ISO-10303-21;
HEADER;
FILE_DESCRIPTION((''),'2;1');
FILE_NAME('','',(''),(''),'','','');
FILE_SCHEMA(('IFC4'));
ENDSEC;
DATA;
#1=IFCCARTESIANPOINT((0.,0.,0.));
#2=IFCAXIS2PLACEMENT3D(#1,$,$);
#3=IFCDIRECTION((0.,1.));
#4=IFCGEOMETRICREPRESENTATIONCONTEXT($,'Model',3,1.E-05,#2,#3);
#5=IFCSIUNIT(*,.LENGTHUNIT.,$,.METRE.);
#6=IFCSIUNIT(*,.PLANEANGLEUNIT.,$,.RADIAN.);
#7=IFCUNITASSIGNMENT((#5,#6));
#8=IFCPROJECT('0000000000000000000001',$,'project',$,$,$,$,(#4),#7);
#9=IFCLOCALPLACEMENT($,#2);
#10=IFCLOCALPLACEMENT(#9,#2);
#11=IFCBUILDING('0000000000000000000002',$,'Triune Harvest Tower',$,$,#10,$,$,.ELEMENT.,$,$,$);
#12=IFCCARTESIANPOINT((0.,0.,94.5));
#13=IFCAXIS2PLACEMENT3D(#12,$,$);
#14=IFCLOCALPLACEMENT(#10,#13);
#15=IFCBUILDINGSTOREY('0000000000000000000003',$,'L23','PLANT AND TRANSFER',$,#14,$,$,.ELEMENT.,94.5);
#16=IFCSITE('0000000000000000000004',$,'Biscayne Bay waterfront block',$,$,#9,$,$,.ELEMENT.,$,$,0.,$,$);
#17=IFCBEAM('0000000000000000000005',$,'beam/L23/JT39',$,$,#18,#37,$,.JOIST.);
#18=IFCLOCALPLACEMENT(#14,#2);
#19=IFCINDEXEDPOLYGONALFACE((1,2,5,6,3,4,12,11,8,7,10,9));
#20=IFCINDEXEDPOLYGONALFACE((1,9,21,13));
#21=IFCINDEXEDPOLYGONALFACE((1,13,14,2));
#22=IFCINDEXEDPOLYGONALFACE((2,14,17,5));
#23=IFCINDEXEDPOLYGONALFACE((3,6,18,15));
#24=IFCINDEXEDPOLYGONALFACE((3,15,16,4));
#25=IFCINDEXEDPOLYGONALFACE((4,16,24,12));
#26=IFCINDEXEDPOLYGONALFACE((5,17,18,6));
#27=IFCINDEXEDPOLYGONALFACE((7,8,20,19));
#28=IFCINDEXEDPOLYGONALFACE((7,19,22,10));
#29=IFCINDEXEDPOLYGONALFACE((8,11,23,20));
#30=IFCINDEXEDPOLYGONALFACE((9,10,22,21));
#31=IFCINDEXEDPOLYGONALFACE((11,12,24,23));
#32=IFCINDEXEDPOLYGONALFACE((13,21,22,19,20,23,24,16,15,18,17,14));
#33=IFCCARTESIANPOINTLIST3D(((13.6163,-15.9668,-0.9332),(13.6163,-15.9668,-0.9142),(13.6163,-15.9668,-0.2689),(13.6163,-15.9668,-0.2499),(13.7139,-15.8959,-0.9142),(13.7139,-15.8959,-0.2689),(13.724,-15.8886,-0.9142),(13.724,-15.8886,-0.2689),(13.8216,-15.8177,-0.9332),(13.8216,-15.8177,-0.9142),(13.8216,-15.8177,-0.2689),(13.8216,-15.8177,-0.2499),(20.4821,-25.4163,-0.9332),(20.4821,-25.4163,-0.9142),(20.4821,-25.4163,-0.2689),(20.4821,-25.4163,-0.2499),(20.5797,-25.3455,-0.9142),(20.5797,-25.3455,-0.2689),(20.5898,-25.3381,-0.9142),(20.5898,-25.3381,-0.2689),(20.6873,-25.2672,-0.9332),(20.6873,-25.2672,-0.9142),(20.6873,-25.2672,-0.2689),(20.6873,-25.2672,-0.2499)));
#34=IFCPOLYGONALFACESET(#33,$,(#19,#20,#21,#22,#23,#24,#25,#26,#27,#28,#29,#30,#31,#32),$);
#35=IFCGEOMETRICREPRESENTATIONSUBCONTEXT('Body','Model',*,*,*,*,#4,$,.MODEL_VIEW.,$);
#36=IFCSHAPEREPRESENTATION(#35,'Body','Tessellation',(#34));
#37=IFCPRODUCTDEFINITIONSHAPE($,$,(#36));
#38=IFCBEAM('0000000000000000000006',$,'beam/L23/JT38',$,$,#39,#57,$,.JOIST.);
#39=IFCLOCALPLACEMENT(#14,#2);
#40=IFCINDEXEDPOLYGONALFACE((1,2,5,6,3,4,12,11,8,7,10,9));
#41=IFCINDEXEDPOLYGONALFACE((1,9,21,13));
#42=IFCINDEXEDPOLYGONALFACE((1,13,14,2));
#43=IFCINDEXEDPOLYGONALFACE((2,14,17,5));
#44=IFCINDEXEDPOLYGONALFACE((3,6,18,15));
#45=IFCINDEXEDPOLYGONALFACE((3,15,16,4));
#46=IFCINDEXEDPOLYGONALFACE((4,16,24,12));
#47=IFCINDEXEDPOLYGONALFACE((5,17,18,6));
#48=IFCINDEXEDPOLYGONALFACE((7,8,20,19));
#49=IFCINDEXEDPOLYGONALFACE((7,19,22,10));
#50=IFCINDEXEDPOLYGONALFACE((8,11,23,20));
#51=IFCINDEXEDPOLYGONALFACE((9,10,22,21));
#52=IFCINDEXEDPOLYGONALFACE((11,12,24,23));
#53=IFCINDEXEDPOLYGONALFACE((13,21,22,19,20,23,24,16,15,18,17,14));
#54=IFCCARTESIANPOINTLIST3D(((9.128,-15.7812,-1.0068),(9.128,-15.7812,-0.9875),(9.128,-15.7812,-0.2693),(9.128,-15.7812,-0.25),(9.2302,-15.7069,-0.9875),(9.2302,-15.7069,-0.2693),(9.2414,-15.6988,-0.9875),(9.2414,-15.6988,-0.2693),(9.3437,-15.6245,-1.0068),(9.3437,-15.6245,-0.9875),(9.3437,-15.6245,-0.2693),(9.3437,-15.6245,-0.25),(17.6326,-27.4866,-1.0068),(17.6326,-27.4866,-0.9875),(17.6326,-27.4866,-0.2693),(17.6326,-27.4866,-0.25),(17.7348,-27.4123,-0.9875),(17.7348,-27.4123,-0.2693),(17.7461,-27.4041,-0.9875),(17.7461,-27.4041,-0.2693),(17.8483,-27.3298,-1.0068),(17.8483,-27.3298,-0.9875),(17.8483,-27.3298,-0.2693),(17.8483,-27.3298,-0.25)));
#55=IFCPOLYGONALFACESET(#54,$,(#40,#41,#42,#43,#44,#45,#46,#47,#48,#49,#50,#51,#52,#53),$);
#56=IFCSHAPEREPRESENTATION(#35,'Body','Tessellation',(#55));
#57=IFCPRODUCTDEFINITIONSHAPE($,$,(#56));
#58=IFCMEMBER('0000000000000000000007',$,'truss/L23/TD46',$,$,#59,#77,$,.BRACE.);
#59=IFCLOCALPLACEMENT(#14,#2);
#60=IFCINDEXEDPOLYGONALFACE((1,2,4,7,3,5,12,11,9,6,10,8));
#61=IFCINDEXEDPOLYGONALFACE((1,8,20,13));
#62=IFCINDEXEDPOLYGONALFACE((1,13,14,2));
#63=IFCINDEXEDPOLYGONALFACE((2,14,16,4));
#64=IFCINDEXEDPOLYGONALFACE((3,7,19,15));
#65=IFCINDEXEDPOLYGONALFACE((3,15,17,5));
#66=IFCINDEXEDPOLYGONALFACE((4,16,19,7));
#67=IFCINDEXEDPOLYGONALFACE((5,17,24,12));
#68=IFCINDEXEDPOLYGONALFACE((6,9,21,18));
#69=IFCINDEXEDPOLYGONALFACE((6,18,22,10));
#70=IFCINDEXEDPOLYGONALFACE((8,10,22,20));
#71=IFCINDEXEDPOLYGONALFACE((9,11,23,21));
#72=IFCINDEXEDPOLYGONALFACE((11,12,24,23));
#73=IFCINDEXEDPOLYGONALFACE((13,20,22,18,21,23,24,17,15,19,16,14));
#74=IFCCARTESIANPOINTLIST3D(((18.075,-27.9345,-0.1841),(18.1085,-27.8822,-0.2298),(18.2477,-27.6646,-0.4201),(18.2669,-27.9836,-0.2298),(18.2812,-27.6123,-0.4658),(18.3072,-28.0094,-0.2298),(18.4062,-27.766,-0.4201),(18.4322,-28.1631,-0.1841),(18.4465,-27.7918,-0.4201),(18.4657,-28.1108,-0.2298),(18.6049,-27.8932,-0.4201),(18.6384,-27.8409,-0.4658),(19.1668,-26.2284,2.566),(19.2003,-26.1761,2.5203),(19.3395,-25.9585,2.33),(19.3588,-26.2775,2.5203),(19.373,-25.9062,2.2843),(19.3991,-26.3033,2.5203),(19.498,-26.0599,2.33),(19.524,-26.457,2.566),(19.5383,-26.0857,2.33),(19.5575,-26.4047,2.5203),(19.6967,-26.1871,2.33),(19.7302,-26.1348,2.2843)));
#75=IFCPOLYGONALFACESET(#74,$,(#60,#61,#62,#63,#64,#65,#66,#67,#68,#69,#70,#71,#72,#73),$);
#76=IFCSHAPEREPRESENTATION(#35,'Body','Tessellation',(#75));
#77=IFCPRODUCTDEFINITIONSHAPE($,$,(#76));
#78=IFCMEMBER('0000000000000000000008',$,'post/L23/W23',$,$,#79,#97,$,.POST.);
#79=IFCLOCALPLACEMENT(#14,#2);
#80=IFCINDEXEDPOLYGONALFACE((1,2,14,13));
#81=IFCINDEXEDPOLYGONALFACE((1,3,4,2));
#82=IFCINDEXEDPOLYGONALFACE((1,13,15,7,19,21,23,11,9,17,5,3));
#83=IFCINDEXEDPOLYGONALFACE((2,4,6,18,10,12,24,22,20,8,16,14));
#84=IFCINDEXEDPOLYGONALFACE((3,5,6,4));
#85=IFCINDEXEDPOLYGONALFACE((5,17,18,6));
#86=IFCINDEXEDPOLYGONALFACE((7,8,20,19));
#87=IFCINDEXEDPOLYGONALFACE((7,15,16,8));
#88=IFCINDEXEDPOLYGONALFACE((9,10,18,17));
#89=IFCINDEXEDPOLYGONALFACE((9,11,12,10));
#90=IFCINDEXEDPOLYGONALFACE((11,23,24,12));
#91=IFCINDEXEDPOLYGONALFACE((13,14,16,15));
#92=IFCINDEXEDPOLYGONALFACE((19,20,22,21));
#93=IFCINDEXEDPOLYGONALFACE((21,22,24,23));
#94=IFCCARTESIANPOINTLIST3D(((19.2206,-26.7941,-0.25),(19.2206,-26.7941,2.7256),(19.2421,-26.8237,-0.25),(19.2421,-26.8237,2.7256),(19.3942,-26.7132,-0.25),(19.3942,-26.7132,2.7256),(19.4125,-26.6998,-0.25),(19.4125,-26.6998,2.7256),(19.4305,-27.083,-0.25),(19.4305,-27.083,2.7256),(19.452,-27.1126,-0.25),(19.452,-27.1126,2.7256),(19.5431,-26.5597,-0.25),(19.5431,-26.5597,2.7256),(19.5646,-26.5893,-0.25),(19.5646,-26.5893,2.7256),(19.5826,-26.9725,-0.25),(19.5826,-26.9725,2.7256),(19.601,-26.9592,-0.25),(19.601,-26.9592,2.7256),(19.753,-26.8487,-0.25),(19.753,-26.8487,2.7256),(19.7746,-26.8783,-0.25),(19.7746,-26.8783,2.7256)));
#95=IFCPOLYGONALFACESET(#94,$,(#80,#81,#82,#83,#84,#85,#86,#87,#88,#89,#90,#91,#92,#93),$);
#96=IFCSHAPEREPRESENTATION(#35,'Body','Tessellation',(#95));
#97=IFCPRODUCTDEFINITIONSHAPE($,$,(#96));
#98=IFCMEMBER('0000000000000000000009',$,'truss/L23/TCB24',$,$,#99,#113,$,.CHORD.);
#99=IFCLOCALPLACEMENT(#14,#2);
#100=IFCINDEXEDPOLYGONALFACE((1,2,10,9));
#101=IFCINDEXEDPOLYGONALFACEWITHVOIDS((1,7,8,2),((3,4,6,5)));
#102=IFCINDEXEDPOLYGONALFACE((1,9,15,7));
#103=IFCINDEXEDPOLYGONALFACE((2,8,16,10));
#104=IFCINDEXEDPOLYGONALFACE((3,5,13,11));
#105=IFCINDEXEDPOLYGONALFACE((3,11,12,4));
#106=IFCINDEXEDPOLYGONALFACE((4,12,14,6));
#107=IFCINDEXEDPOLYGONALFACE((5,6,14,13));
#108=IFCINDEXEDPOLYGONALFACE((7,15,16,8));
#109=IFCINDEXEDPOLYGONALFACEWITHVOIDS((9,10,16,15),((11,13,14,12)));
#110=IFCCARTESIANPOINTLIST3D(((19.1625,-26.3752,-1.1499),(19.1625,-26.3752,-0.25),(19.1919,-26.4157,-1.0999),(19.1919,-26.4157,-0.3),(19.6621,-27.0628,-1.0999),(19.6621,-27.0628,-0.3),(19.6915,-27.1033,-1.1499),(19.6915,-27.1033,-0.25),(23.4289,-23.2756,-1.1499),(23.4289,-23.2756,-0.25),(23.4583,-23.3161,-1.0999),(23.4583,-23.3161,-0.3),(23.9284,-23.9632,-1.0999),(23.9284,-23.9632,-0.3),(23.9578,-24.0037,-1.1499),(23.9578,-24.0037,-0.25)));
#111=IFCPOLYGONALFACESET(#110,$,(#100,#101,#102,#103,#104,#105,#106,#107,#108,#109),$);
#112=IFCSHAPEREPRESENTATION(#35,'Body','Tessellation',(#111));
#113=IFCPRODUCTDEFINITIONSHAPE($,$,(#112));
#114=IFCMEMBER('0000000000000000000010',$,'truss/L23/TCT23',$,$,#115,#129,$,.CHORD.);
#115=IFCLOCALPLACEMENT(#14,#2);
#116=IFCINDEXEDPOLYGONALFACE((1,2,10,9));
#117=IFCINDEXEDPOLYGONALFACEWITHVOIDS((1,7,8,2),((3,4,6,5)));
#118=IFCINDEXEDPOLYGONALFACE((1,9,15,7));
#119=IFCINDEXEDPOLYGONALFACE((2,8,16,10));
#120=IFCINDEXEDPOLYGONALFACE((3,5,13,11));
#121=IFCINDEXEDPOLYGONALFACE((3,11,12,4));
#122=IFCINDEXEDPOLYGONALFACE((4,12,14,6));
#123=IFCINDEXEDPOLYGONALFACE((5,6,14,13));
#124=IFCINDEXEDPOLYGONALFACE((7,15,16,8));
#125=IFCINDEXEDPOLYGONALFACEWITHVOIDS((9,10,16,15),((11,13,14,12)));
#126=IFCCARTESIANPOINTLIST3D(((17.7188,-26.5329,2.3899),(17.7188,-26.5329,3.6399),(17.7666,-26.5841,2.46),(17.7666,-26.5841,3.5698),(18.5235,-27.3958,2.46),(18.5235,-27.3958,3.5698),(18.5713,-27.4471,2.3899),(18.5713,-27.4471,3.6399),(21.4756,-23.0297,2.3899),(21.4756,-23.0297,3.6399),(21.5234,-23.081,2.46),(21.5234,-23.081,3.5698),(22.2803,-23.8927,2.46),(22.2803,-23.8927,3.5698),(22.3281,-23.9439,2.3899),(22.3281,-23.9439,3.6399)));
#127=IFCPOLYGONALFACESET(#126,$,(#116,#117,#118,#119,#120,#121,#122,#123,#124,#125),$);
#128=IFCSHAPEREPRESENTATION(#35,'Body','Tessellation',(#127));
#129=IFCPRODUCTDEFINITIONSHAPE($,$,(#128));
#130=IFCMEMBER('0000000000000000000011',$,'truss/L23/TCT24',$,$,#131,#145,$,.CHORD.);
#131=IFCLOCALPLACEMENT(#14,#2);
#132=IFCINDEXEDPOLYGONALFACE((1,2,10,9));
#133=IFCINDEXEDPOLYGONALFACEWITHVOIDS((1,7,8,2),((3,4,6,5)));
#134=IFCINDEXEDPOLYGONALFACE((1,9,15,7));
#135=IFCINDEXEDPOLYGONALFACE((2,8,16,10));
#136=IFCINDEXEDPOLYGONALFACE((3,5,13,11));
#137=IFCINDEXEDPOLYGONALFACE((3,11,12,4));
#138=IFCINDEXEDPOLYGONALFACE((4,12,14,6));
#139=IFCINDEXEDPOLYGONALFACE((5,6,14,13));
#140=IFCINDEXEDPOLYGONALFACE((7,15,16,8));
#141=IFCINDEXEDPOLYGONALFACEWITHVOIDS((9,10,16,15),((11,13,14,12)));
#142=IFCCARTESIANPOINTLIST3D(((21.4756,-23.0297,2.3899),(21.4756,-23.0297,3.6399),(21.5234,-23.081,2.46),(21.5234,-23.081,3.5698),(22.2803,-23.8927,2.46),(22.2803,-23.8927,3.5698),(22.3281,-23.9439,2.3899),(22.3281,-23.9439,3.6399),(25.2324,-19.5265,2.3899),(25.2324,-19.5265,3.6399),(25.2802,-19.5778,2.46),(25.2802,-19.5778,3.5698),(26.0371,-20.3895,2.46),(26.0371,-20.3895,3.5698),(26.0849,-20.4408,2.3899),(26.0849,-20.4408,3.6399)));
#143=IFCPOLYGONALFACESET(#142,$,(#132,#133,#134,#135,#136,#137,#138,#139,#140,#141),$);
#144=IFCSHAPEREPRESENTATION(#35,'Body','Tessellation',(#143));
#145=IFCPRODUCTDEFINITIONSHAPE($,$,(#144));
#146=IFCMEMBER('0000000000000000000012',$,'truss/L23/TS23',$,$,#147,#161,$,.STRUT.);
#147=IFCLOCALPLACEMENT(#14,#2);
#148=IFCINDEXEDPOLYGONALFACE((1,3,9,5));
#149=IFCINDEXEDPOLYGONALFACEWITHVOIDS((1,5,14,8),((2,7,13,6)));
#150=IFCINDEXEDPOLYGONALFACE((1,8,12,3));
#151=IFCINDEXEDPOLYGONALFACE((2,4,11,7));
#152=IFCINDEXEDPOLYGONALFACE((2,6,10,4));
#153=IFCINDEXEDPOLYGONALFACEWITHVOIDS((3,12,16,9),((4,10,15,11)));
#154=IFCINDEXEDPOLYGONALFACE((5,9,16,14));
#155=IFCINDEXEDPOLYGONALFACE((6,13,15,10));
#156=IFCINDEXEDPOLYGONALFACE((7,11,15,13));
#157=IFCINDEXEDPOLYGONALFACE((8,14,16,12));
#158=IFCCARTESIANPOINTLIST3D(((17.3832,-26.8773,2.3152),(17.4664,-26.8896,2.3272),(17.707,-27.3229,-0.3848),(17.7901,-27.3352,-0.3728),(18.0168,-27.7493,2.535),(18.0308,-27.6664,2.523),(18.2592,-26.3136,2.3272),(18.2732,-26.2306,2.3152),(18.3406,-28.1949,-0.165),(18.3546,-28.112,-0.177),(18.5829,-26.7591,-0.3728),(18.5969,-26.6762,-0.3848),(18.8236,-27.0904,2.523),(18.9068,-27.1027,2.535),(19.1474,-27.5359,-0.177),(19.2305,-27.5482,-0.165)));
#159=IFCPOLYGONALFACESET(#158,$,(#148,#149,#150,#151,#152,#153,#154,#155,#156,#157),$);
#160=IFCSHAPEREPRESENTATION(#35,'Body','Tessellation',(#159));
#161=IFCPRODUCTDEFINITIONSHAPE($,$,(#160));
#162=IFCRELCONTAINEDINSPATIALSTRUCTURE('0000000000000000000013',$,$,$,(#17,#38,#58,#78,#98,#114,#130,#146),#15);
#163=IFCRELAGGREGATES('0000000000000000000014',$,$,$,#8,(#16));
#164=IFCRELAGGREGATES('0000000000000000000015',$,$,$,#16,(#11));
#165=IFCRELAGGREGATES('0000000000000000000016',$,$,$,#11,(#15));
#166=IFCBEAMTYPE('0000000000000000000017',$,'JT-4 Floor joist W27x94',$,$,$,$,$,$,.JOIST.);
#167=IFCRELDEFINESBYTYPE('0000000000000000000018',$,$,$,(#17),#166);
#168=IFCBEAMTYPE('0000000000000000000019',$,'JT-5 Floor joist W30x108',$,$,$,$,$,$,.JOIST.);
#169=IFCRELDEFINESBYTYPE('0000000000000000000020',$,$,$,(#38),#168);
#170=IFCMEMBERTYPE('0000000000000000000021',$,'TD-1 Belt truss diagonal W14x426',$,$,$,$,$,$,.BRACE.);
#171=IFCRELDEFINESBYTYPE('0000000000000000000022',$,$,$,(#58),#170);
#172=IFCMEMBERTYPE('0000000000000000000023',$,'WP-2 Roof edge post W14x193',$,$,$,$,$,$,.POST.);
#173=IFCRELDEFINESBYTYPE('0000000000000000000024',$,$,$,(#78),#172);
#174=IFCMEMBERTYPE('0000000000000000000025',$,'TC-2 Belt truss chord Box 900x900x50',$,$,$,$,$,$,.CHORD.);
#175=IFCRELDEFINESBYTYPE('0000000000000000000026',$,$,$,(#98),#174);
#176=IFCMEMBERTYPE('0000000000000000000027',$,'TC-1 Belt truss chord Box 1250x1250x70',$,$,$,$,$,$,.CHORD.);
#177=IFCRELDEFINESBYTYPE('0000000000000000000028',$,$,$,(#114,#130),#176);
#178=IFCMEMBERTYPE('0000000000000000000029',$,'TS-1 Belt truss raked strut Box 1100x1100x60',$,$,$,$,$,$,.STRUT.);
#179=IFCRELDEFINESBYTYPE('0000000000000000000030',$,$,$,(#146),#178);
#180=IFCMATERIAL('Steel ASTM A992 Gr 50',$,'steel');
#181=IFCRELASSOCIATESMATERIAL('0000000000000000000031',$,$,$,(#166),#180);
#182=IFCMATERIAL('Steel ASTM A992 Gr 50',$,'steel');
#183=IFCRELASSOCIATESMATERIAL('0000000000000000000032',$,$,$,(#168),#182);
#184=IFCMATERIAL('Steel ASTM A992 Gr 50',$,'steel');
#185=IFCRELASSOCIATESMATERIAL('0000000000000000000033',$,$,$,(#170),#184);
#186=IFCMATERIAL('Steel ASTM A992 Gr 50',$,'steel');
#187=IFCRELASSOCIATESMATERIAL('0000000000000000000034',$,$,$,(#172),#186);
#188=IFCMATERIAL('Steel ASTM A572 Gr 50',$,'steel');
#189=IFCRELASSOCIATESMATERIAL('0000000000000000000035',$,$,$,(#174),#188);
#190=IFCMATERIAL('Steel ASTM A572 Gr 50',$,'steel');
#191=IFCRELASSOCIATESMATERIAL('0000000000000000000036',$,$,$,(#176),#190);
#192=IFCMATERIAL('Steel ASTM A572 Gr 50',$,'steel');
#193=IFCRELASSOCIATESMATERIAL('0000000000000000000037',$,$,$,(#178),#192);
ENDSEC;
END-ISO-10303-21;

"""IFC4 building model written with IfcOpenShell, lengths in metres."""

from ifc_helpers import new_model, si_unit, direction, frame, origin, origin_2d, place, context, subcontext, project, spatial, hollow_rectangle, i_section, extrude, source, transform, mapped, material, material_profile, profile_set, type_object, element, save


model = new_model("IFC4")

# Units and contexts
model_context = context("Model", 3, precision=1e-05, world=origin(), true_north=direction((0.0, 1.0)))
body_context = subcontext(model_context, "Body", "Model", "MODEL_VIEW")
ifc_project = project(units=[si_unit("LENGTHUNIT", "METRE"), si_unit("PLANEANGLEUNIT", "RADIAN")], contexts=[model_context])

# Site, building, storey
site_placement = place(None, origin())
site = spatial("IfcSite", under=ifc_project, at=site_placement, Name="Biscayne Bay waterfront block", CompositionType="ELEMENT", RefElevation=0.0)
building_placement = place(site_placement, origin())
building = spatial("IfcBuilding", under=site, at=building_placement, Name="Triune Harvest Tower", CompositionType="ELEMENT")
storey_placement = place(building_placement, frame((0.0, 0.0, 94.5)))
storey = spatial("IfcBuildingStorey", under=building, at=storey_placement, Name="L23", Description="PLANT AND TRANSFER", CompositionType="ELEMENT", Elevation=94.5)

# Beams
ifc_material_1 = material(Name="Steel ASTM A992 Gr 50", Category="steel")
ifc_material_profile_1 = material_profile(ifc_material_1, i_section(OverallWidth=0.2537, OverallDepth=0.6833, WebThickness=0.0125, FlangeThickness=0.019, at=origin_2d()), Name="W27x94")
ifc_profile_set_1 = profile_set([ifc_material_profile_1], Name="Steel ASTM A992 Gr 50")
beam_type_1 = type_object("IfcBeamType", Name="JT-4 Floor joist W27x94", PredefinedType="JOIST", material=ifc_profile_set_1)
beam_1_placement = place(storey_placement, frame((20.5847, -25.3418, -0.5916), z_axis=(-0.587801, 0.809005, 0.0), x_axis=(-0.809005, -0.587801, 0.0)))
element("IfcBeam", 1, at=beam_1_placement, inside=storey, type_object=beam_type_1, Name="beam/L23/JT39", PredefinedType="JOIST", context=body_context, shape_type="SweptSolid", body=[
    extrude(i_section(OverallWidth=0.2537, OverallDepth=0.6833, WebThickness=0.0125, FlangeThickness=0.019, at=origin_2d()), origin(), (0.0, 0.0, 1.0), 11.6804),
])
ifc_material_2 = material(Name="Steel ASTM A992 Gr 50", Category="steel")
ifc_material_profile_2 = material_profile(ifc_material_2, i_section(OverallWidth=0.2666, OverallDepth=0.7568, WebThickness=0.0139, FlangeThickness=0.0193, at=origin_2d()), Name="W30x108")
ifc_profile_set_2 = profile_set([ifc_material_profile_2], Name="Steel ASTM A992 Gr 50")
beam_type_2 = type_object("IfcBeamType", Name="JT-5 Floor joist W30x108", PredefinedType="JOIST", material=ifc_profile_set_2)
beam_2_placement = place(storey_placement, frame((17.7405, -27.4082, -0.6284), z_axis=(-0.587795, 0.80901, 0.0), x_axis=(-0.80901, -0.587795, 0.0)))
element("IfcBeam", 2, at=beam_2_placement, inside=storey, type_object=beam_type_2, Name="beam/L23/JT38", PredefinedType="JOIST", context=body_context, shape_type="SweptSolid", body=[
    extrude(i_section(OverallWidth=0.2666, OverallDepth=0.7568, WebThickness=0.0139, FlangeThickness=0.0193, at=origin_2d()), origin(), (0.0, 0.0, 1.0), 14.4688),
])

# Members
ifc_material_3 = material(Name="Steel ASTM A992 Gr 50", Category="steel")
ifc_material_profile_3 = material_profile(ifc_material_3, i_section(OverallWidth=0.4241, OverallDepth=0.4751, WebThickness=0.0479, FlangeThickness=0.0771, at=origin_2d()), Name="W14x426")
ifc_profile_set_3 = profile_set([ifc_material_profile_3], Name="Steel ASTM A992 Gr 50")
member_type_1 = type_object("IfcMemberType", Name="TD-1 Belt truss diagonal W14x426", PredefinedType="BRACE", material=ifc_profile_set_3)
member_1_placement = place(storey_placement, frame((18.3567, -27.8877, -0.325), z_axis=(0.319666, 0.499514, 0.80517), x_axis=(-0.842289, 0.539026, 0.0)))
element("IfcMember", 3, at=member_1_placement, inside=storey, type_object=member_type_1, Name="truss/L23/TD46", PredefinedType="BRACE", context=body_context, shape_type="SweptSolid", body=[
    extrude(i_section(OverallWidth=0.4241, OverallDepth=0.4751, WebThickness=0.0479, FlangeThickness=0.0771, at=origin_2d()), origin(), (0.0, 0.0, 1.0), 3.4155),
])
ifc_material_4 = material(Name="Steel ASTM A992 Gr 50", Category="steel")
ifc_material_profile_4 = material_profile(ifc_material_4, i_section(OverallWidth=0.3987, OverallDepth=0.3938, WebThickness=0.0227, FlangeThickness=0.0366, at=origin_2d()), Name="W14x193")
ifc_profile_set_4 = profile_set([ifc_material_profile_4], Name="Steel ASTM A992 Gr 50")
member_type_2 = type_object("IfcMemberType", Name="WP-2 Roof edge post W14x193", PredefinedType="POST", material=ifc_profile_set_4)
shared_shape_1 = source(origin(), body_context, "Body", "SweptSolid", [
    extrude(i_section(OverallWidth=0.3987, OverallDepth=0.3938, WebThickness=0.0227, FlangeThickness=0.0366, at=origin_2d()), origin(), (0.0, 0.0, 1.0), 2.9756),
])
member_2_placement = place(storey_placement, frame((19.4976, -26.8362, -0.25), z_axis=(0.0, 0.0, 1.0), x_axis=(0.809015, 0.587788, 0.0)))
element("IfcMember", 4, at=member_2_placement, inside=storey, type_object=member_type_2, Name="post/L23/W23", PredefinedType="POST", context=body_context, shape_type="MappedRepresentation", body=[
    mapped(shared_shape_1, transform((0.0, 0.0, 0.0), scale=1.0)),
])
ifc_material_5 = material(Name="Steel ASTM A572 Gr 50", Category="steel")
ifc_material_profile_5 = material_profile(ifc_material_5, hollow_rectangle(XDim=0.8999, YDim=0.8999, WallThickness=0.05, at=origin_2d()), Name="Box 900x900x50")
ifc_profile_set_5 = profile_set([ifc_material_profile_5], Name="Steel ASTM A572 Gr 50")
member_type_3 = type_object("IfcMemberType", Name="TC-2 Belt truss chord Box 900x900x50", PredefinedType="CHORD", material=ifc_profile_set_5)
shared_shape_2 = source(origin(), body_context, "Body", "SweptSolid", [
    extrude(hollow_rectangle(XDim=0.8999, YDim=0.8999, WallThickness=0.05, at=origin_2d()), origin(), (0.0, 0.0, 1.0), 5.2734),
])
member_3_placement = place(storey_placement, frame((19.427, -26.7393, -0.7), z_axis=(0.809024, 0.587775, 0.0), x_axis=(-0.587775, 0.809024, 0.0)))
element("IfcMember", 5, at=member_3_placement, inside=storey, type_object=member_type_3, Name="truss/L23/TCB24", PredefinedType="CHORD", context=body_context, shape_type="MappedRepresentation", body=[
    mapped(shared_shape_2, transform((0.0, 0.0, 0.0), scale=1.0)),
])
ifc_material_6 = material(Name="Steel ASTM A572 Gr 50", Category="steel")
ifc_material_profile_6 = material_profile(ifc_material_6, hollow_rectangle(XDim=1.25, YDim=1.25, WallThickness=0.0701, at=origin_2d()), Name="Box 1250x1250x70")
ifc_profile_set_6 = profile_set([ifc_material_profile_6], Name="Steel ASTM A572 Gr 50")
member_type_4 = type_object("IfcMemberType", Name="TC-1 Belt truss chord Box 1250x1250x70", PredefinedType="CHORD", material=ifc_profile_set_6)
shared_shape_3 = source(origin(), body_context, "Body", "SweptSolid", [
    extrude(hollow_rectangle(XDim=1.25, YDim=1.25, WallThickness=0.0701, at=origin_2d()), origin(), (0.0, 0.0, 1.0), 5.1367),
])
for number, where, z_axis, x_axis, name in (
    (6, (18.145, -26.99, 3.0149), (0.731367, 0.681985, 0.0), (-0.681985, 0.731367, 0.0), "truss/L23/TCT23"),
    (7, (21.9019, -23.4868, 3.0149), (0.731367, 0.681985, 0.0), (-0.681985, 0.731367, 0.0), "truss/L23/TCT24"),
):
    element("IfcMember", number, at=place(storey_placement, frame(where, z_axis=z_axis, x_axis=x_axis)), inside=storey, type_object=member_type_4, Name=name, PredefinedType="CHORD", context=body_context, shape_type="MappedRepresentation", body=[
        mapped(shared_shape_3, transform((0.0, 0.0, 0.0), scale=1.0)),
    ])
ifc_material_7 = material(Name="Steel ASTM A572 Gr 50", Category="steel")
ifc_material_profile_7 = material_profile(ifc_material_7, hollow_rectangle(XDim=1.1001, YDim=1.1001, WallThickness=0.0601, at=origin_2d()), Name="Box 1100x1100x60")
ifc_profile_set_7 = profile_set([ifc_material_profile_7], Name="Steel ASTM A572 Gr 50")
member_type_5 = type_object("IfcMemberType", Name="TS-1 Belt truss raked strut Box 1100x1100x60", PredefinedType="STRUT", material=ifc_profile_set_7)
shared_shape_4 = source(origin(), body_context, "Body", "SweptSolid", [
    extrude(hollow_rectangle(XDim=1.1001, YDim=1.1001, WallThickness=0.0601, at=origin_2d()), origin(), (0.0, 0.0, 1.0), 2.7556),
])
member_4_placement = place(storey_placement, frame((18.4688, -27.4355, -0.2749), z_axis=(-0.117483, 0.161694, 0.979823), x_axis=(-0.809004, -0.587803, 0.0)))
element("IfcMember", 8, at=member_4_placement, inside=storey, type_object=member_type_5, Name="truss/L23/TS23", PredefinedType="STRUT", context=body_context, shape_type="MappedRepresentation", body=[
    mapped(shared_shape_4, transform((0.0, 0.0, 0.0), scale=1.0)),
])

save(model, "model.ifc")
